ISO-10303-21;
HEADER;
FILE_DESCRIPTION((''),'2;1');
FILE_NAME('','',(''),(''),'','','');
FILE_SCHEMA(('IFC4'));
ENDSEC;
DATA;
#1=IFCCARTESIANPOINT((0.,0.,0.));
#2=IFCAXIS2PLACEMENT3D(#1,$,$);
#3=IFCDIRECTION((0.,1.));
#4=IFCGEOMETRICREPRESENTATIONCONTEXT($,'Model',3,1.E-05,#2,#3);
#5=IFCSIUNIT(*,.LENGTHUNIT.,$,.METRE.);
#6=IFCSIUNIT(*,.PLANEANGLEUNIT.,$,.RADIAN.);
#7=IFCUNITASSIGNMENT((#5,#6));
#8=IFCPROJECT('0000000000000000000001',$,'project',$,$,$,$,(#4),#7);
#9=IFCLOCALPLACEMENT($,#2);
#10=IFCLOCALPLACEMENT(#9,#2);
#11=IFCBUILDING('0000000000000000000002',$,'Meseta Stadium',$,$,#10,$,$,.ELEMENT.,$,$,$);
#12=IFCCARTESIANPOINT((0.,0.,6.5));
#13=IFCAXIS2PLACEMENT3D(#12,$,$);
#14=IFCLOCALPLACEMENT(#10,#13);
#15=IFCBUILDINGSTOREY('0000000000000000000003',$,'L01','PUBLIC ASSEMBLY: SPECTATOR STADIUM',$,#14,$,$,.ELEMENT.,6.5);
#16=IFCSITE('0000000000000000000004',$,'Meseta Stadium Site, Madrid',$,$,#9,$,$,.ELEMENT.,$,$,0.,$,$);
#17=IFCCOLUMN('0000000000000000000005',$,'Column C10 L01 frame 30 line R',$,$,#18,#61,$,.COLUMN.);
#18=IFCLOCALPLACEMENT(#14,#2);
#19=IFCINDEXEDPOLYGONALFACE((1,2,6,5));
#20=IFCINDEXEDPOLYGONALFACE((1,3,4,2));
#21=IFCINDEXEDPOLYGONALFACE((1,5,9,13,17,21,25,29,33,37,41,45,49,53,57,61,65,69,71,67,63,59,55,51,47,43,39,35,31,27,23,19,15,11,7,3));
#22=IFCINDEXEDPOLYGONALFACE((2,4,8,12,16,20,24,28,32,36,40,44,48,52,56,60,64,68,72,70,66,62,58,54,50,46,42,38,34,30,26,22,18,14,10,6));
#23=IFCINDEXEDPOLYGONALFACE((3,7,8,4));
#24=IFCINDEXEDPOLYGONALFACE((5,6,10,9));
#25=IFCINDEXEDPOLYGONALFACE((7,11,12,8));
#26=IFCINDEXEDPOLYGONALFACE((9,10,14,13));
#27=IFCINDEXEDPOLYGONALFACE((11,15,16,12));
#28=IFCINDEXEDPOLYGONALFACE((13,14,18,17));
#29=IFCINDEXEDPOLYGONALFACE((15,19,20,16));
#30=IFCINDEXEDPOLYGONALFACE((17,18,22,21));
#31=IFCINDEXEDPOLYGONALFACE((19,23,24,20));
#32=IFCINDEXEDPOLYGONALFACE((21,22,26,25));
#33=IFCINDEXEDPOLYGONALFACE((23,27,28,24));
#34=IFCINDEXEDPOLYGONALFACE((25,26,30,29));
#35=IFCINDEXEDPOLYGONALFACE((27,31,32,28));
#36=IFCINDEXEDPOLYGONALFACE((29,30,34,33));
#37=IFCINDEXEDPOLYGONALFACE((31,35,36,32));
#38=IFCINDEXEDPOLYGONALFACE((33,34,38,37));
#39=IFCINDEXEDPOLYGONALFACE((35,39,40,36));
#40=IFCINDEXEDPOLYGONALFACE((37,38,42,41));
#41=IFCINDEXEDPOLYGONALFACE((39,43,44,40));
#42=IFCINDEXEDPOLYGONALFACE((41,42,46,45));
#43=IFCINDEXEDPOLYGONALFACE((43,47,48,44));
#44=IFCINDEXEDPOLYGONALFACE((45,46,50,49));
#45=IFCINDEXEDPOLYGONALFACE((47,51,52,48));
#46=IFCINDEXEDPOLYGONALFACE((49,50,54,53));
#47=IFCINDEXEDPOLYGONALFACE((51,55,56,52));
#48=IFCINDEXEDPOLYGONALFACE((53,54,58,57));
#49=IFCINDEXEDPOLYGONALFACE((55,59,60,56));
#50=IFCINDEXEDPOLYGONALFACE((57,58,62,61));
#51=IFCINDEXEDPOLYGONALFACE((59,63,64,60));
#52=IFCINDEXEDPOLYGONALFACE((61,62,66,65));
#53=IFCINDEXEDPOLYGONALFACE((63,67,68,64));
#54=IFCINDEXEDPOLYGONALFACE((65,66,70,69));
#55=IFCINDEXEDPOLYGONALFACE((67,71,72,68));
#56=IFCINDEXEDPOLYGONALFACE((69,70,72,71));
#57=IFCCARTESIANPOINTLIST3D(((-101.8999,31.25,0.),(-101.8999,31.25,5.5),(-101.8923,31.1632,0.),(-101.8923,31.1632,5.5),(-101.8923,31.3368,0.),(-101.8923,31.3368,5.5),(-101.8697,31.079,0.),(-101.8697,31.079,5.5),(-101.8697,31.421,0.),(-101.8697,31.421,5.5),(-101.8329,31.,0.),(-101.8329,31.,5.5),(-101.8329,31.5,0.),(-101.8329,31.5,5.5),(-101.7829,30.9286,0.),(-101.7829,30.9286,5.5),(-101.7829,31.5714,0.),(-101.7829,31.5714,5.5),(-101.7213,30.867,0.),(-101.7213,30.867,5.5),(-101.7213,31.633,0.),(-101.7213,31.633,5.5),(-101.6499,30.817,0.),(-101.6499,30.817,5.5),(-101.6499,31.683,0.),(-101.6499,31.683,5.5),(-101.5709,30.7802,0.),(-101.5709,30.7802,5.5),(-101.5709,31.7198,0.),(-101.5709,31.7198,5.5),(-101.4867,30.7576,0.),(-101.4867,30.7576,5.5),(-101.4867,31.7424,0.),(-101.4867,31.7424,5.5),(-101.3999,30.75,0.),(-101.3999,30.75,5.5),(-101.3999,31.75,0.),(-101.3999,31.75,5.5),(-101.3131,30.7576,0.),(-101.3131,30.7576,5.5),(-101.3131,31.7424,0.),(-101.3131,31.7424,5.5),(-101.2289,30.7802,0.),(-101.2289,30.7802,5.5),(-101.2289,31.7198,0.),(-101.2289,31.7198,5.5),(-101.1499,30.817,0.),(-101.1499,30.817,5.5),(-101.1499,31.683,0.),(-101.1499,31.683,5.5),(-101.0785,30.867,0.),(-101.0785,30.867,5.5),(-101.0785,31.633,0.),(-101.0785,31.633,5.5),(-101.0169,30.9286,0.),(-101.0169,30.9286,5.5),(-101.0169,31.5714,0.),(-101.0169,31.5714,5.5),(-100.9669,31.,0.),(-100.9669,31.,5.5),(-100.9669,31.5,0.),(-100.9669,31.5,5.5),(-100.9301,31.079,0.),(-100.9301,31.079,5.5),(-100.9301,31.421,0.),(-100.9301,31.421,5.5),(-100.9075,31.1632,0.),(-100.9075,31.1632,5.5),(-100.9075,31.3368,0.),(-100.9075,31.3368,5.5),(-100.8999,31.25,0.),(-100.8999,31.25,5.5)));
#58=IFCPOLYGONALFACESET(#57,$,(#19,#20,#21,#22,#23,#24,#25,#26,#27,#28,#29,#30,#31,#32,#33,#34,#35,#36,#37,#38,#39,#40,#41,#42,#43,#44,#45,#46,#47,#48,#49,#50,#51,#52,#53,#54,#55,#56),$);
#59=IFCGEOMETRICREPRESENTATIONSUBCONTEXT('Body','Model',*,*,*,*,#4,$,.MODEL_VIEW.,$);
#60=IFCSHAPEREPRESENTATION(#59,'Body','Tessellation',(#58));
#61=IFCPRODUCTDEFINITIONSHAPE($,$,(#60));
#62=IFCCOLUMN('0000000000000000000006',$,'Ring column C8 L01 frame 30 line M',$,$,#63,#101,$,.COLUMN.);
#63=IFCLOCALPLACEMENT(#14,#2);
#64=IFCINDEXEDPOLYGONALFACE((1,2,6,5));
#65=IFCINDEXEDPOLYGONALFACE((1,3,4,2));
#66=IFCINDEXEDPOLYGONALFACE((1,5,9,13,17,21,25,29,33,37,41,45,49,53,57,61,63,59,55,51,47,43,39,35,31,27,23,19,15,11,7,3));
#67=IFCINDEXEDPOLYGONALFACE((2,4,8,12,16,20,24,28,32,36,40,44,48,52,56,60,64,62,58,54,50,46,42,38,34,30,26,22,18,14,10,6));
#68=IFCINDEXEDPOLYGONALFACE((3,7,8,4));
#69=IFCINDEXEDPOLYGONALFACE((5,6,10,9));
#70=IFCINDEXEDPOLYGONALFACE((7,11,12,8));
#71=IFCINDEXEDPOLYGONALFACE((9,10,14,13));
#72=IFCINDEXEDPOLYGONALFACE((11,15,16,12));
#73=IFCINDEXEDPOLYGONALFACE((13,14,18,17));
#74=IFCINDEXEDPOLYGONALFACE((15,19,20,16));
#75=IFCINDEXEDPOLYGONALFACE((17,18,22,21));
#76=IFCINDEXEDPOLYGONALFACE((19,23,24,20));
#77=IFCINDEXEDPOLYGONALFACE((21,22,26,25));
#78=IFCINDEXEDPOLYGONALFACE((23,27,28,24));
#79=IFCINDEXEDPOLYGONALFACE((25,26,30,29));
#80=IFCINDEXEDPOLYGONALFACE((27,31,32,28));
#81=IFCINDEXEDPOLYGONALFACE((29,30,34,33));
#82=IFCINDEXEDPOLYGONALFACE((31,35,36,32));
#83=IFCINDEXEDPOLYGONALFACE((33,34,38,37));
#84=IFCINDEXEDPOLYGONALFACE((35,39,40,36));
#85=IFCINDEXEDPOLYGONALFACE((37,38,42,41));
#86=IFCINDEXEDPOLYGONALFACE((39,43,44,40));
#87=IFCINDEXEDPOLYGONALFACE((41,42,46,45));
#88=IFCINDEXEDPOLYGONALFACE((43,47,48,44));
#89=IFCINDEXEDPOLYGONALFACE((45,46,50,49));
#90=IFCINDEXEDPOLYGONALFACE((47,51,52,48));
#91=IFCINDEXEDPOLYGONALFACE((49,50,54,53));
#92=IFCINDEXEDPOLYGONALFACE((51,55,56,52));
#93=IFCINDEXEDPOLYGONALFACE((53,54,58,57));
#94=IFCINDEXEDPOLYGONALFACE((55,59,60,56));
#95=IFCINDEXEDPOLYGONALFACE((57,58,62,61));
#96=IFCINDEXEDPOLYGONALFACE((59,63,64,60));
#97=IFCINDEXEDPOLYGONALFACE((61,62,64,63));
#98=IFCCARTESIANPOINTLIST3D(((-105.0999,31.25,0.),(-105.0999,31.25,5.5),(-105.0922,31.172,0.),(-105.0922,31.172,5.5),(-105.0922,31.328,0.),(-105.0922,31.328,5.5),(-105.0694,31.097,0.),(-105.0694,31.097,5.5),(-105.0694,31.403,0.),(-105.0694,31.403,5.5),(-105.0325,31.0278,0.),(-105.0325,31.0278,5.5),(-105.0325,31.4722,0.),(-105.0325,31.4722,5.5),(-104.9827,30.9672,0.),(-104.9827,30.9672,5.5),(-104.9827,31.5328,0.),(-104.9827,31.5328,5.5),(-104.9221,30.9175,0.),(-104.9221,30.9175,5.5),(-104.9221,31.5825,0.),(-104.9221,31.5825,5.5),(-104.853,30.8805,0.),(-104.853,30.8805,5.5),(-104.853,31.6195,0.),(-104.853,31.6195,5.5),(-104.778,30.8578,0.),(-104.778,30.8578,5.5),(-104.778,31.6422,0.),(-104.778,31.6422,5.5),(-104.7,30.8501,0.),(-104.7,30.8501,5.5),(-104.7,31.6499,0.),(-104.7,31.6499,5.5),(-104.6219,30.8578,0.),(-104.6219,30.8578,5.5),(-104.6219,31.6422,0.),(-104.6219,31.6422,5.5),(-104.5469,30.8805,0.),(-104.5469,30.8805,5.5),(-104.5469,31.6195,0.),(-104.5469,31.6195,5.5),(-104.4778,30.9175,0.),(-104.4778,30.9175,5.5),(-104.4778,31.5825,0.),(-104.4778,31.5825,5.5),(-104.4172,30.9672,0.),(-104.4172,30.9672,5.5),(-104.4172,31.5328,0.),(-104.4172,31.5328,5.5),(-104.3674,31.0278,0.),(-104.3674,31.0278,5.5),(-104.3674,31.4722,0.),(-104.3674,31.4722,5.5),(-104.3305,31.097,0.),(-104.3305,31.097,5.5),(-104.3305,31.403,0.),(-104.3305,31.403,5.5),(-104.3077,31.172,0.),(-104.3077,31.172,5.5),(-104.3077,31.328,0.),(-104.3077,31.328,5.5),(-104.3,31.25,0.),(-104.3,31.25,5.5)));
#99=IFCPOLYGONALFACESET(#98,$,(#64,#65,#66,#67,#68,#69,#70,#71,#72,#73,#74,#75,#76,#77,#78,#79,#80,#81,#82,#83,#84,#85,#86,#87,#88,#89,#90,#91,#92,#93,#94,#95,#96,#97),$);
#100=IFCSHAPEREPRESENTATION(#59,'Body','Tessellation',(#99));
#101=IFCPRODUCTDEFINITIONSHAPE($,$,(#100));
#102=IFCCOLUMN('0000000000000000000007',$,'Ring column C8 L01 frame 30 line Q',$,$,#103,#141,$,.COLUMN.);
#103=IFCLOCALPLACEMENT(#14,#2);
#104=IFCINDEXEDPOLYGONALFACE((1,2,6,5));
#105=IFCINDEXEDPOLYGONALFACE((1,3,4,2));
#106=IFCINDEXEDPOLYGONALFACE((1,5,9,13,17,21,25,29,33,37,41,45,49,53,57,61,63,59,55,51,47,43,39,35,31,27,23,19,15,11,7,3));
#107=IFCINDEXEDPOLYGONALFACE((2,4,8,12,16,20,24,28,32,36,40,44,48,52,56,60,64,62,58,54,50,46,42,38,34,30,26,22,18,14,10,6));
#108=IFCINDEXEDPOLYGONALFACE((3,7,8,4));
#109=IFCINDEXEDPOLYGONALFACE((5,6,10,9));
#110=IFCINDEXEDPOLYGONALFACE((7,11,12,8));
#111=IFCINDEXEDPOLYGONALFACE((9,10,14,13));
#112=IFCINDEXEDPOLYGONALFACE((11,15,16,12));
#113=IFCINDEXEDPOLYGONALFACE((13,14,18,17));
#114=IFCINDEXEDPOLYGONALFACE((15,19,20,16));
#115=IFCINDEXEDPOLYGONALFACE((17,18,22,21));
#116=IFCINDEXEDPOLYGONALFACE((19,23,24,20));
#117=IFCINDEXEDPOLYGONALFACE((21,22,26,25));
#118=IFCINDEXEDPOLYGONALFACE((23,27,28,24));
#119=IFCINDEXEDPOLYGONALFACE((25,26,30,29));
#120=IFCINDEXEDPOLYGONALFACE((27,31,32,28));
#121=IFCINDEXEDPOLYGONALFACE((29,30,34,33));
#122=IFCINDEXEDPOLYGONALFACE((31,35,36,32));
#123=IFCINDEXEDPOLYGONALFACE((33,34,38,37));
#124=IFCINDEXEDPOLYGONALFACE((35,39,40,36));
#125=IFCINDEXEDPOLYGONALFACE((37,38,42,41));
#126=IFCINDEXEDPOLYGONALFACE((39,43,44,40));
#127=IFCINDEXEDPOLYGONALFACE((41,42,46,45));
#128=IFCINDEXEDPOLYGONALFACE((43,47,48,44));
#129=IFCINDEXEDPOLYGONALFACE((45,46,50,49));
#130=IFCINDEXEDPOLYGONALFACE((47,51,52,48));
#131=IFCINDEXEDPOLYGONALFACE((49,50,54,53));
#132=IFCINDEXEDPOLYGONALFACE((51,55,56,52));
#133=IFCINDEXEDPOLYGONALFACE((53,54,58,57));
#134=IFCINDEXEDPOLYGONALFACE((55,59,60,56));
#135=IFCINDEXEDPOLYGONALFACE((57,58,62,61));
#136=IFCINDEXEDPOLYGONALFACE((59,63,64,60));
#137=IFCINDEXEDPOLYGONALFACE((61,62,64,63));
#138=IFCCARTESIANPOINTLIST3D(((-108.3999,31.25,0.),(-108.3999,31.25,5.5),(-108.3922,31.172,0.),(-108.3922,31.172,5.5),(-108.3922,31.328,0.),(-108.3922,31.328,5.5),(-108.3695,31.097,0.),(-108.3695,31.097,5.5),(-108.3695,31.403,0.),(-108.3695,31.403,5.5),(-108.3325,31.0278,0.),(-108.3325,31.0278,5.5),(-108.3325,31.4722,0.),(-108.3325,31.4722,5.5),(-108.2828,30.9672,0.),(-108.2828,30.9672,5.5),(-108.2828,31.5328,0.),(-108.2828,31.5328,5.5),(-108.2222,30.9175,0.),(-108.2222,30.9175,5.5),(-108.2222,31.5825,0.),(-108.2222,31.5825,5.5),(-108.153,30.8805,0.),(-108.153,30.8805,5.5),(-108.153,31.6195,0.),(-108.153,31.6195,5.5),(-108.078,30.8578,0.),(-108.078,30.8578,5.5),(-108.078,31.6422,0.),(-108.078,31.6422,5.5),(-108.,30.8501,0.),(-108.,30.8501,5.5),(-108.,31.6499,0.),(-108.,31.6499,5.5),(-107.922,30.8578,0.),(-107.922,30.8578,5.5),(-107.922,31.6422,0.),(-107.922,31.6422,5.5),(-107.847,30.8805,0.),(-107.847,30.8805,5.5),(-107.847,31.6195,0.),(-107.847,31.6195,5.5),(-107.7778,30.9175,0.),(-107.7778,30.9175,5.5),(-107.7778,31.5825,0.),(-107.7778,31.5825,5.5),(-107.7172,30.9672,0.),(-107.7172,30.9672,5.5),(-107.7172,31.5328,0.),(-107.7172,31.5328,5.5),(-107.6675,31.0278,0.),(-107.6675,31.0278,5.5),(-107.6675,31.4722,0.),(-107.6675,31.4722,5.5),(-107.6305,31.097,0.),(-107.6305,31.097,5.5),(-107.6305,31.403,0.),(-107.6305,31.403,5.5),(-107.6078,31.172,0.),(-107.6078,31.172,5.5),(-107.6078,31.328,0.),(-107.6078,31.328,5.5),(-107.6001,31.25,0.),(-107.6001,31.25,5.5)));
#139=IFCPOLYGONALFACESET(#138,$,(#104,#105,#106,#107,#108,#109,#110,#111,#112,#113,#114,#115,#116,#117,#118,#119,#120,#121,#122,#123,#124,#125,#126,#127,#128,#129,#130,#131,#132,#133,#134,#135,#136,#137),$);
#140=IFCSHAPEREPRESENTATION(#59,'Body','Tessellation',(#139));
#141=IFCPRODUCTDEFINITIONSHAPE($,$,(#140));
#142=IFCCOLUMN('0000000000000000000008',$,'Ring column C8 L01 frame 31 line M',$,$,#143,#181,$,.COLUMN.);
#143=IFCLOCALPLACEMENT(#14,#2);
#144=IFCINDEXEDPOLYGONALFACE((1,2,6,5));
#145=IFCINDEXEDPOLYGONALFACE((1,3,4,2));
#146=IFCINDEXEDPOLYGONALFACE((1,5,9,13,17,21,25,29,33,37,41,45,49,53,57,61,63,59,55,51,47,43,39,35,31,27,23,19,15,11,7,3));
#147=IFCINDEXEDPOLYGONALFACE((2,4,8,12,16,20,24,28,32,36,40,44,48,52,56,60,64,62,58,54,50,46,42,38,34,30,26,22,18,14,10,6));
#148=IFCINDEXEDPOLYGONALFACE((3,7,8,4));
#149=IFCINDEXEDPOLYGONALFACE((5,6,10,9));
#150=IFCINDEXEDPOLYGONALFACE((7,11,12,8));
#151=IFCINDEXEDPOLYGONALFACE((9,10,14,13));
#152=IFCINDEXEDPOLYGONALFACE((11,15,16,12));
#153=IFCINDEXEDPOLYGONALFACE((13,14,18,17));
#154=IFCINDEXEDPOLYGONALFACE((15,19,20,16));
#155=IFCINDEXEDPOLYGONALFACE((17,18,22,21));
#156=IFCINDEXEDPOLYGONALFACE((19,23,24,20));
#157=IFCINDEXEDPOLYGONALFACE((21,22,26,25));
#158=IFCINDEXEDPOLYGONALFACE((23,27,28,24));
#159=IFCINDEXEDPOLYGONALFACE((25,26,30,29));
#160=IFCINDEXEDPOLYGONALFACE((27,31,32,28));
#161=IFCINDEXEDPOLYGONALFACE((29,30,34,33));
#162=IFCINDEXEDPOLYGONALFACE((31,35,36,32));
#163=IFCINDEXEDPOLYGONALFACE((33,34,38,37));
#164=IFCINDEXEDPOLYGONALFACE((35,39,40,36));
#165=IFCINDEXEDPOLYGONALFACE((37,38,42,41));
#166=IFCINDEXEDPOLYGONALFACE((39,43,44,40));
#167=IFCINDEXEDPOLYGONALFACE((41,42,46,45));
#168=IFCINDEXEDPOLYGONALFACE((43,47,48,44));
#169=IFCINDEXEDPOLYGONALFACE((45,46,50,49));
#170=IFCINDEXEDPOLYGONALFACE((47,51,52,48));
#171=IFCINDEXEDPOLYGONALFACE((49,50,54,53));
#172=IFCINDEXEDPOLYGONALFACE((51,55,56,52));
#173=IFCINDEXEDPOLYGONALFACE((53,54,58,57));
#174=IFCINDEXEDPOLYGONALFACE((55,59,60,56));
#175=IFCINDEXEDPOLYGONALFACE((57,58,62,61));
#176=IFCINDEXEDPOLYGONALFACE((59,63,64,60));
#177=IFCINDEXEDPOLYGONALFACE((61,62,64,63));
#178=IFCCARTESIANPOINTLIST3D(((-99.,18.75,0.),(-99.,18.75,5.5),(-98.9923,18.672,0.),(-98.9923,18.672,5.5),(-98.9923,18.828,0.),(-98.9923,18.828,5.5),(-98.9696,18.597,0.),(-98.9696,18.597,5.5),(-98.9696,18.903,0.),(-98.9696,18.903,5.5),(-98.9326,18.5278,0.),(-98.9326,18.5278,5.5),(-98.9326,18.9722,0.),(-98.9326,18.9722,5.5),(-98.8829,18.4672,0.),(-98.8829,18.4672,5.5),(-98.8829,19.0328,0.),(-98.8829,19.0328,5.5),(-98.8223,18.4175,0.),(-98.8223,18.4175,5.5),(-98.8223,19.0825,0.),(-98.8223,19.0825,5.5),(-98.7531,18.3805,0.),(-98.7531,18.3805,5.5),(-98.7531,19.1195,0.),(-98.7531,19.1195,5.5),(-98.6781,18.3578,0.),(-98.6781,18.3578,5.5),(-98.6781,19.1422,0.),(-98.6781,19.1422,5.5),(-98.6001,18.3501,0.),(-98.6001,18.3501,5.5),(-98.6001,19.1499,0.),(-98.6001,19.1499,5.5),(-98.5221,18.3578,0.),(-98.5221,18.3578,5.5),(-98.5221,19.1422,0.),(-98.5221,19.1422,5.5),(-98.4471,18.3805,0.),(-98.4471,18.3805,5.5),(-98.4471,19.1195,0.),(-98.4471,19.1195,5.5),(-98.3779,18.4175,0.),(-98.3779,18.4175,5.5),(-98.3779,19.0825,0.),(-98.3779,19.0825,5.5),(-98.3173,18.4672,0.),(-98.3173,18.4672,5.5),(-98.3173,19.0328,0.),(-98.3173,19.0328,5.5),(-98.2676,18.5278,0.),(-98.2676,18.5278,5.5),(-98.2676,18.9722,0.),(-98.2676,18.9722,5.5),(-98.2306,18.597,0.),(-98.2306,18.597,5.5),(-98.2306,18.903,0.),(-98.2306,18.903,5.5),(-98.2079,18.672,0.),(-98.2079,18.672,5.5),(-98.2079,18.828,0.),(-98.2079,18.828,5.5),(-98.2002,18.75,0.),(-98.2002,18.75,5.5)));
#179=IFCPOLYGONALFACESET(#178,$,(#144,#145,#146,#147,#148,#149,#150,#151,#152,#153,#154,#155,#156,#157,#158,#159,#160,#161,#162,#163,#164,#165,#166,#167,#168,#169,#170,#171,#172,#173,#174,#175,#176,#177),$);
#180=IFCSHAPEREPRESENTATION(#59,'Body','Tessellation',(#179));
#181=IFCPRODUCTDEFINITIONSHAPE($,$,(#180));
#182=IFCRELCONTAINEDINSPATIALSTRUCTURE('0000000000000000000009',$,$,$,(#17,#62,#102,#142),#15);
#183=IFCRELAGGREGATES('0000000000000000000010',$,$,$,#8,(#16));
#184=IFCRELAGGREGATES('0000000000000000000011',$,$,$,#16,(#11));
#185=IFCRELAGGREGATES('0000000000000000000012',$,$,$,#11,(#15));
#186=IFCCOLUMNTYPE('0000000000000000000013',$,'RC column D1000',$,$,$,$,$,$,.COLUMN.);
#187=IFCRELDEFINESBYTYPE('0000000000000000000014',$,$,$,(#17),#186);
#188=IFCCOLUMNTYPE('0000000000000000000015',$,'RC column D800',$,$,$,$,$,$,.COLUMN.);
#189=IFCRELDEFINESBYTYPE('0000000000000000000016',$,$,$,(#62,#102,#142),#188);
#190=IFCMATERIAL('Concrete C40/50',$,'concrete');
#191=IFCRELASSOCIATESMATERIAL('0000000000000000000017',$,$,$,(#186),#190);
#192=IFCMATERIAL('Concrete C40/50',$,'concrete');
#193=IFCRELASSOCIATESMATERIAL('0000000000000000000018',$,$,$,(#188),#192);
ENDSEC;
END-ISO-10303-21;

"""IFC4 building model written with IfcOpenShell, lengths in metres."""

from ifc_helpers import new_model, si_unit, direction, frame, origin, origin_2d, place, context, subcontext, project, spatial, circle, extrude, material, material_profile, profile_set, type_object, element, save


model = new_model("IFC4")

# Units and contexts
model_context = context("Model", 3, precision=1e-05, world=origin(), true_north=direction((0.0, 1.0)))
body_context = subcontext(model_context, "Body", "Model", "MODEL_VIEW")
ifc_project = project(units=[si_unit("LENGTHUNIT", "METRE"), si_unit("PLANEANGLEUNIT", "RADIAN")], contexts=[model_context])

# Site, building, storey
site_placement = place(None, origin())
site = spatial("IfcSite", under=ifc_project, at=site_placement, Name="Meseta Stadium Site, Madrid", CompositionType="ELEMENT", RefElevation=0.0)
building_placement = place(site_placement, origin())
building = spatial("IfcBuilding", under=site, at=building_placement, Name="Meseta Stadium", CompositionType="ELEMENT")
storey_placement = place(building_placement, frame((0.0, 0.0, 6.5)))
storey = spatial("IfcBuildingStorey", under=building, at=storey_placement, Name="L01", Description="PUBLIC ASSEMBLY: SPECTATOR STADIUM", CompositionType="ELEMENT", Elevation=6.5)

# Columns
ifc_material_1 = material(Name="Concrete C40/50", Category="concrete")
ifc_material_profile_1 = material_profile(ifc_material_1, circle(Radius=0.5, at=origin_2d()), Name="RC D1000")
ifc_profile_set_1 = profile_set([ifc_material_profile_1], Name="Concrete C40/50")
column_type_1 = type_object("IfcColumnType", Name="RC column D1000", PredefinedType="COLUMN", material=ifc_profile_set_1)
column_1_placement = place(storey_placement, frame((-101.3999, 31.25, 0.0), z_axis=(0.0, 0.0, 1.0), x_axis=(1.0, 0.0, 0.0)))
element("IfcColumn", 1, at=column_1_placement, inside=storey, type_object=column_type_1, Name="Column C10 L01 frame 30 line R", PredefinedType="COLUMN", context=body_context, shape_type="SweptSolid", body=[
    extrude(circle(Radius=0.5, at=origin_2d()), origin(), (0.0, 0.0, 1.0), 5.5),
])
ifc_material_2 = material(Name="Concrete C40/50", Category="concrete")
ifc_material_profile_2 = material_profile(ifc_material_2, circle(Radius=0.3999, at=origin_2d()), Name="RC D800")
ifc_profile_set_2 = profile_set([ifc_material_profile_2], Name="Concrete C40/50")
column_type_2 = type_object("IfcColumnType", Name="RC column D800", PredefinedType="COLUMN", material=ifc_profile_set_2)
for number, where, z_axis, x_axis, name in (
    (2, (-104.7, 31.25, 0.0), (0.0, 0.0, 1.0), (1.0, 0.0, 0.0), "Ring column C8 L01 frame 30 line M"),
    (3, (-108.0, 31.25, 0.0), (0.0, 0.0, 1.0), (1.0, 0.0, 0.0), "Ring column C8 L01 frame 30 line Q"),
    (4, (-98.6001, 18.75, 0.0), (0.0, 0.0, 1.0), (1.0, 0.0, 0.0), "Ring column C8 L01 frame 31 line M"),
):
    element("IfcColumn", number, at=place(storey_placement, frame(where, z_axis=z_axis, x_axis=x_axis)), inside=storey, type_object=column_type_2, Name=name, PredefinedType="COLUMN", context=body_context, shape_type="SweptSolid", body=[
        extrude(circle(Radius=0.3999, at=origin_2d()), origin(), (0.0, 0.0, 1.0), 5.5),
    ])

save(model, "model.ifc")
